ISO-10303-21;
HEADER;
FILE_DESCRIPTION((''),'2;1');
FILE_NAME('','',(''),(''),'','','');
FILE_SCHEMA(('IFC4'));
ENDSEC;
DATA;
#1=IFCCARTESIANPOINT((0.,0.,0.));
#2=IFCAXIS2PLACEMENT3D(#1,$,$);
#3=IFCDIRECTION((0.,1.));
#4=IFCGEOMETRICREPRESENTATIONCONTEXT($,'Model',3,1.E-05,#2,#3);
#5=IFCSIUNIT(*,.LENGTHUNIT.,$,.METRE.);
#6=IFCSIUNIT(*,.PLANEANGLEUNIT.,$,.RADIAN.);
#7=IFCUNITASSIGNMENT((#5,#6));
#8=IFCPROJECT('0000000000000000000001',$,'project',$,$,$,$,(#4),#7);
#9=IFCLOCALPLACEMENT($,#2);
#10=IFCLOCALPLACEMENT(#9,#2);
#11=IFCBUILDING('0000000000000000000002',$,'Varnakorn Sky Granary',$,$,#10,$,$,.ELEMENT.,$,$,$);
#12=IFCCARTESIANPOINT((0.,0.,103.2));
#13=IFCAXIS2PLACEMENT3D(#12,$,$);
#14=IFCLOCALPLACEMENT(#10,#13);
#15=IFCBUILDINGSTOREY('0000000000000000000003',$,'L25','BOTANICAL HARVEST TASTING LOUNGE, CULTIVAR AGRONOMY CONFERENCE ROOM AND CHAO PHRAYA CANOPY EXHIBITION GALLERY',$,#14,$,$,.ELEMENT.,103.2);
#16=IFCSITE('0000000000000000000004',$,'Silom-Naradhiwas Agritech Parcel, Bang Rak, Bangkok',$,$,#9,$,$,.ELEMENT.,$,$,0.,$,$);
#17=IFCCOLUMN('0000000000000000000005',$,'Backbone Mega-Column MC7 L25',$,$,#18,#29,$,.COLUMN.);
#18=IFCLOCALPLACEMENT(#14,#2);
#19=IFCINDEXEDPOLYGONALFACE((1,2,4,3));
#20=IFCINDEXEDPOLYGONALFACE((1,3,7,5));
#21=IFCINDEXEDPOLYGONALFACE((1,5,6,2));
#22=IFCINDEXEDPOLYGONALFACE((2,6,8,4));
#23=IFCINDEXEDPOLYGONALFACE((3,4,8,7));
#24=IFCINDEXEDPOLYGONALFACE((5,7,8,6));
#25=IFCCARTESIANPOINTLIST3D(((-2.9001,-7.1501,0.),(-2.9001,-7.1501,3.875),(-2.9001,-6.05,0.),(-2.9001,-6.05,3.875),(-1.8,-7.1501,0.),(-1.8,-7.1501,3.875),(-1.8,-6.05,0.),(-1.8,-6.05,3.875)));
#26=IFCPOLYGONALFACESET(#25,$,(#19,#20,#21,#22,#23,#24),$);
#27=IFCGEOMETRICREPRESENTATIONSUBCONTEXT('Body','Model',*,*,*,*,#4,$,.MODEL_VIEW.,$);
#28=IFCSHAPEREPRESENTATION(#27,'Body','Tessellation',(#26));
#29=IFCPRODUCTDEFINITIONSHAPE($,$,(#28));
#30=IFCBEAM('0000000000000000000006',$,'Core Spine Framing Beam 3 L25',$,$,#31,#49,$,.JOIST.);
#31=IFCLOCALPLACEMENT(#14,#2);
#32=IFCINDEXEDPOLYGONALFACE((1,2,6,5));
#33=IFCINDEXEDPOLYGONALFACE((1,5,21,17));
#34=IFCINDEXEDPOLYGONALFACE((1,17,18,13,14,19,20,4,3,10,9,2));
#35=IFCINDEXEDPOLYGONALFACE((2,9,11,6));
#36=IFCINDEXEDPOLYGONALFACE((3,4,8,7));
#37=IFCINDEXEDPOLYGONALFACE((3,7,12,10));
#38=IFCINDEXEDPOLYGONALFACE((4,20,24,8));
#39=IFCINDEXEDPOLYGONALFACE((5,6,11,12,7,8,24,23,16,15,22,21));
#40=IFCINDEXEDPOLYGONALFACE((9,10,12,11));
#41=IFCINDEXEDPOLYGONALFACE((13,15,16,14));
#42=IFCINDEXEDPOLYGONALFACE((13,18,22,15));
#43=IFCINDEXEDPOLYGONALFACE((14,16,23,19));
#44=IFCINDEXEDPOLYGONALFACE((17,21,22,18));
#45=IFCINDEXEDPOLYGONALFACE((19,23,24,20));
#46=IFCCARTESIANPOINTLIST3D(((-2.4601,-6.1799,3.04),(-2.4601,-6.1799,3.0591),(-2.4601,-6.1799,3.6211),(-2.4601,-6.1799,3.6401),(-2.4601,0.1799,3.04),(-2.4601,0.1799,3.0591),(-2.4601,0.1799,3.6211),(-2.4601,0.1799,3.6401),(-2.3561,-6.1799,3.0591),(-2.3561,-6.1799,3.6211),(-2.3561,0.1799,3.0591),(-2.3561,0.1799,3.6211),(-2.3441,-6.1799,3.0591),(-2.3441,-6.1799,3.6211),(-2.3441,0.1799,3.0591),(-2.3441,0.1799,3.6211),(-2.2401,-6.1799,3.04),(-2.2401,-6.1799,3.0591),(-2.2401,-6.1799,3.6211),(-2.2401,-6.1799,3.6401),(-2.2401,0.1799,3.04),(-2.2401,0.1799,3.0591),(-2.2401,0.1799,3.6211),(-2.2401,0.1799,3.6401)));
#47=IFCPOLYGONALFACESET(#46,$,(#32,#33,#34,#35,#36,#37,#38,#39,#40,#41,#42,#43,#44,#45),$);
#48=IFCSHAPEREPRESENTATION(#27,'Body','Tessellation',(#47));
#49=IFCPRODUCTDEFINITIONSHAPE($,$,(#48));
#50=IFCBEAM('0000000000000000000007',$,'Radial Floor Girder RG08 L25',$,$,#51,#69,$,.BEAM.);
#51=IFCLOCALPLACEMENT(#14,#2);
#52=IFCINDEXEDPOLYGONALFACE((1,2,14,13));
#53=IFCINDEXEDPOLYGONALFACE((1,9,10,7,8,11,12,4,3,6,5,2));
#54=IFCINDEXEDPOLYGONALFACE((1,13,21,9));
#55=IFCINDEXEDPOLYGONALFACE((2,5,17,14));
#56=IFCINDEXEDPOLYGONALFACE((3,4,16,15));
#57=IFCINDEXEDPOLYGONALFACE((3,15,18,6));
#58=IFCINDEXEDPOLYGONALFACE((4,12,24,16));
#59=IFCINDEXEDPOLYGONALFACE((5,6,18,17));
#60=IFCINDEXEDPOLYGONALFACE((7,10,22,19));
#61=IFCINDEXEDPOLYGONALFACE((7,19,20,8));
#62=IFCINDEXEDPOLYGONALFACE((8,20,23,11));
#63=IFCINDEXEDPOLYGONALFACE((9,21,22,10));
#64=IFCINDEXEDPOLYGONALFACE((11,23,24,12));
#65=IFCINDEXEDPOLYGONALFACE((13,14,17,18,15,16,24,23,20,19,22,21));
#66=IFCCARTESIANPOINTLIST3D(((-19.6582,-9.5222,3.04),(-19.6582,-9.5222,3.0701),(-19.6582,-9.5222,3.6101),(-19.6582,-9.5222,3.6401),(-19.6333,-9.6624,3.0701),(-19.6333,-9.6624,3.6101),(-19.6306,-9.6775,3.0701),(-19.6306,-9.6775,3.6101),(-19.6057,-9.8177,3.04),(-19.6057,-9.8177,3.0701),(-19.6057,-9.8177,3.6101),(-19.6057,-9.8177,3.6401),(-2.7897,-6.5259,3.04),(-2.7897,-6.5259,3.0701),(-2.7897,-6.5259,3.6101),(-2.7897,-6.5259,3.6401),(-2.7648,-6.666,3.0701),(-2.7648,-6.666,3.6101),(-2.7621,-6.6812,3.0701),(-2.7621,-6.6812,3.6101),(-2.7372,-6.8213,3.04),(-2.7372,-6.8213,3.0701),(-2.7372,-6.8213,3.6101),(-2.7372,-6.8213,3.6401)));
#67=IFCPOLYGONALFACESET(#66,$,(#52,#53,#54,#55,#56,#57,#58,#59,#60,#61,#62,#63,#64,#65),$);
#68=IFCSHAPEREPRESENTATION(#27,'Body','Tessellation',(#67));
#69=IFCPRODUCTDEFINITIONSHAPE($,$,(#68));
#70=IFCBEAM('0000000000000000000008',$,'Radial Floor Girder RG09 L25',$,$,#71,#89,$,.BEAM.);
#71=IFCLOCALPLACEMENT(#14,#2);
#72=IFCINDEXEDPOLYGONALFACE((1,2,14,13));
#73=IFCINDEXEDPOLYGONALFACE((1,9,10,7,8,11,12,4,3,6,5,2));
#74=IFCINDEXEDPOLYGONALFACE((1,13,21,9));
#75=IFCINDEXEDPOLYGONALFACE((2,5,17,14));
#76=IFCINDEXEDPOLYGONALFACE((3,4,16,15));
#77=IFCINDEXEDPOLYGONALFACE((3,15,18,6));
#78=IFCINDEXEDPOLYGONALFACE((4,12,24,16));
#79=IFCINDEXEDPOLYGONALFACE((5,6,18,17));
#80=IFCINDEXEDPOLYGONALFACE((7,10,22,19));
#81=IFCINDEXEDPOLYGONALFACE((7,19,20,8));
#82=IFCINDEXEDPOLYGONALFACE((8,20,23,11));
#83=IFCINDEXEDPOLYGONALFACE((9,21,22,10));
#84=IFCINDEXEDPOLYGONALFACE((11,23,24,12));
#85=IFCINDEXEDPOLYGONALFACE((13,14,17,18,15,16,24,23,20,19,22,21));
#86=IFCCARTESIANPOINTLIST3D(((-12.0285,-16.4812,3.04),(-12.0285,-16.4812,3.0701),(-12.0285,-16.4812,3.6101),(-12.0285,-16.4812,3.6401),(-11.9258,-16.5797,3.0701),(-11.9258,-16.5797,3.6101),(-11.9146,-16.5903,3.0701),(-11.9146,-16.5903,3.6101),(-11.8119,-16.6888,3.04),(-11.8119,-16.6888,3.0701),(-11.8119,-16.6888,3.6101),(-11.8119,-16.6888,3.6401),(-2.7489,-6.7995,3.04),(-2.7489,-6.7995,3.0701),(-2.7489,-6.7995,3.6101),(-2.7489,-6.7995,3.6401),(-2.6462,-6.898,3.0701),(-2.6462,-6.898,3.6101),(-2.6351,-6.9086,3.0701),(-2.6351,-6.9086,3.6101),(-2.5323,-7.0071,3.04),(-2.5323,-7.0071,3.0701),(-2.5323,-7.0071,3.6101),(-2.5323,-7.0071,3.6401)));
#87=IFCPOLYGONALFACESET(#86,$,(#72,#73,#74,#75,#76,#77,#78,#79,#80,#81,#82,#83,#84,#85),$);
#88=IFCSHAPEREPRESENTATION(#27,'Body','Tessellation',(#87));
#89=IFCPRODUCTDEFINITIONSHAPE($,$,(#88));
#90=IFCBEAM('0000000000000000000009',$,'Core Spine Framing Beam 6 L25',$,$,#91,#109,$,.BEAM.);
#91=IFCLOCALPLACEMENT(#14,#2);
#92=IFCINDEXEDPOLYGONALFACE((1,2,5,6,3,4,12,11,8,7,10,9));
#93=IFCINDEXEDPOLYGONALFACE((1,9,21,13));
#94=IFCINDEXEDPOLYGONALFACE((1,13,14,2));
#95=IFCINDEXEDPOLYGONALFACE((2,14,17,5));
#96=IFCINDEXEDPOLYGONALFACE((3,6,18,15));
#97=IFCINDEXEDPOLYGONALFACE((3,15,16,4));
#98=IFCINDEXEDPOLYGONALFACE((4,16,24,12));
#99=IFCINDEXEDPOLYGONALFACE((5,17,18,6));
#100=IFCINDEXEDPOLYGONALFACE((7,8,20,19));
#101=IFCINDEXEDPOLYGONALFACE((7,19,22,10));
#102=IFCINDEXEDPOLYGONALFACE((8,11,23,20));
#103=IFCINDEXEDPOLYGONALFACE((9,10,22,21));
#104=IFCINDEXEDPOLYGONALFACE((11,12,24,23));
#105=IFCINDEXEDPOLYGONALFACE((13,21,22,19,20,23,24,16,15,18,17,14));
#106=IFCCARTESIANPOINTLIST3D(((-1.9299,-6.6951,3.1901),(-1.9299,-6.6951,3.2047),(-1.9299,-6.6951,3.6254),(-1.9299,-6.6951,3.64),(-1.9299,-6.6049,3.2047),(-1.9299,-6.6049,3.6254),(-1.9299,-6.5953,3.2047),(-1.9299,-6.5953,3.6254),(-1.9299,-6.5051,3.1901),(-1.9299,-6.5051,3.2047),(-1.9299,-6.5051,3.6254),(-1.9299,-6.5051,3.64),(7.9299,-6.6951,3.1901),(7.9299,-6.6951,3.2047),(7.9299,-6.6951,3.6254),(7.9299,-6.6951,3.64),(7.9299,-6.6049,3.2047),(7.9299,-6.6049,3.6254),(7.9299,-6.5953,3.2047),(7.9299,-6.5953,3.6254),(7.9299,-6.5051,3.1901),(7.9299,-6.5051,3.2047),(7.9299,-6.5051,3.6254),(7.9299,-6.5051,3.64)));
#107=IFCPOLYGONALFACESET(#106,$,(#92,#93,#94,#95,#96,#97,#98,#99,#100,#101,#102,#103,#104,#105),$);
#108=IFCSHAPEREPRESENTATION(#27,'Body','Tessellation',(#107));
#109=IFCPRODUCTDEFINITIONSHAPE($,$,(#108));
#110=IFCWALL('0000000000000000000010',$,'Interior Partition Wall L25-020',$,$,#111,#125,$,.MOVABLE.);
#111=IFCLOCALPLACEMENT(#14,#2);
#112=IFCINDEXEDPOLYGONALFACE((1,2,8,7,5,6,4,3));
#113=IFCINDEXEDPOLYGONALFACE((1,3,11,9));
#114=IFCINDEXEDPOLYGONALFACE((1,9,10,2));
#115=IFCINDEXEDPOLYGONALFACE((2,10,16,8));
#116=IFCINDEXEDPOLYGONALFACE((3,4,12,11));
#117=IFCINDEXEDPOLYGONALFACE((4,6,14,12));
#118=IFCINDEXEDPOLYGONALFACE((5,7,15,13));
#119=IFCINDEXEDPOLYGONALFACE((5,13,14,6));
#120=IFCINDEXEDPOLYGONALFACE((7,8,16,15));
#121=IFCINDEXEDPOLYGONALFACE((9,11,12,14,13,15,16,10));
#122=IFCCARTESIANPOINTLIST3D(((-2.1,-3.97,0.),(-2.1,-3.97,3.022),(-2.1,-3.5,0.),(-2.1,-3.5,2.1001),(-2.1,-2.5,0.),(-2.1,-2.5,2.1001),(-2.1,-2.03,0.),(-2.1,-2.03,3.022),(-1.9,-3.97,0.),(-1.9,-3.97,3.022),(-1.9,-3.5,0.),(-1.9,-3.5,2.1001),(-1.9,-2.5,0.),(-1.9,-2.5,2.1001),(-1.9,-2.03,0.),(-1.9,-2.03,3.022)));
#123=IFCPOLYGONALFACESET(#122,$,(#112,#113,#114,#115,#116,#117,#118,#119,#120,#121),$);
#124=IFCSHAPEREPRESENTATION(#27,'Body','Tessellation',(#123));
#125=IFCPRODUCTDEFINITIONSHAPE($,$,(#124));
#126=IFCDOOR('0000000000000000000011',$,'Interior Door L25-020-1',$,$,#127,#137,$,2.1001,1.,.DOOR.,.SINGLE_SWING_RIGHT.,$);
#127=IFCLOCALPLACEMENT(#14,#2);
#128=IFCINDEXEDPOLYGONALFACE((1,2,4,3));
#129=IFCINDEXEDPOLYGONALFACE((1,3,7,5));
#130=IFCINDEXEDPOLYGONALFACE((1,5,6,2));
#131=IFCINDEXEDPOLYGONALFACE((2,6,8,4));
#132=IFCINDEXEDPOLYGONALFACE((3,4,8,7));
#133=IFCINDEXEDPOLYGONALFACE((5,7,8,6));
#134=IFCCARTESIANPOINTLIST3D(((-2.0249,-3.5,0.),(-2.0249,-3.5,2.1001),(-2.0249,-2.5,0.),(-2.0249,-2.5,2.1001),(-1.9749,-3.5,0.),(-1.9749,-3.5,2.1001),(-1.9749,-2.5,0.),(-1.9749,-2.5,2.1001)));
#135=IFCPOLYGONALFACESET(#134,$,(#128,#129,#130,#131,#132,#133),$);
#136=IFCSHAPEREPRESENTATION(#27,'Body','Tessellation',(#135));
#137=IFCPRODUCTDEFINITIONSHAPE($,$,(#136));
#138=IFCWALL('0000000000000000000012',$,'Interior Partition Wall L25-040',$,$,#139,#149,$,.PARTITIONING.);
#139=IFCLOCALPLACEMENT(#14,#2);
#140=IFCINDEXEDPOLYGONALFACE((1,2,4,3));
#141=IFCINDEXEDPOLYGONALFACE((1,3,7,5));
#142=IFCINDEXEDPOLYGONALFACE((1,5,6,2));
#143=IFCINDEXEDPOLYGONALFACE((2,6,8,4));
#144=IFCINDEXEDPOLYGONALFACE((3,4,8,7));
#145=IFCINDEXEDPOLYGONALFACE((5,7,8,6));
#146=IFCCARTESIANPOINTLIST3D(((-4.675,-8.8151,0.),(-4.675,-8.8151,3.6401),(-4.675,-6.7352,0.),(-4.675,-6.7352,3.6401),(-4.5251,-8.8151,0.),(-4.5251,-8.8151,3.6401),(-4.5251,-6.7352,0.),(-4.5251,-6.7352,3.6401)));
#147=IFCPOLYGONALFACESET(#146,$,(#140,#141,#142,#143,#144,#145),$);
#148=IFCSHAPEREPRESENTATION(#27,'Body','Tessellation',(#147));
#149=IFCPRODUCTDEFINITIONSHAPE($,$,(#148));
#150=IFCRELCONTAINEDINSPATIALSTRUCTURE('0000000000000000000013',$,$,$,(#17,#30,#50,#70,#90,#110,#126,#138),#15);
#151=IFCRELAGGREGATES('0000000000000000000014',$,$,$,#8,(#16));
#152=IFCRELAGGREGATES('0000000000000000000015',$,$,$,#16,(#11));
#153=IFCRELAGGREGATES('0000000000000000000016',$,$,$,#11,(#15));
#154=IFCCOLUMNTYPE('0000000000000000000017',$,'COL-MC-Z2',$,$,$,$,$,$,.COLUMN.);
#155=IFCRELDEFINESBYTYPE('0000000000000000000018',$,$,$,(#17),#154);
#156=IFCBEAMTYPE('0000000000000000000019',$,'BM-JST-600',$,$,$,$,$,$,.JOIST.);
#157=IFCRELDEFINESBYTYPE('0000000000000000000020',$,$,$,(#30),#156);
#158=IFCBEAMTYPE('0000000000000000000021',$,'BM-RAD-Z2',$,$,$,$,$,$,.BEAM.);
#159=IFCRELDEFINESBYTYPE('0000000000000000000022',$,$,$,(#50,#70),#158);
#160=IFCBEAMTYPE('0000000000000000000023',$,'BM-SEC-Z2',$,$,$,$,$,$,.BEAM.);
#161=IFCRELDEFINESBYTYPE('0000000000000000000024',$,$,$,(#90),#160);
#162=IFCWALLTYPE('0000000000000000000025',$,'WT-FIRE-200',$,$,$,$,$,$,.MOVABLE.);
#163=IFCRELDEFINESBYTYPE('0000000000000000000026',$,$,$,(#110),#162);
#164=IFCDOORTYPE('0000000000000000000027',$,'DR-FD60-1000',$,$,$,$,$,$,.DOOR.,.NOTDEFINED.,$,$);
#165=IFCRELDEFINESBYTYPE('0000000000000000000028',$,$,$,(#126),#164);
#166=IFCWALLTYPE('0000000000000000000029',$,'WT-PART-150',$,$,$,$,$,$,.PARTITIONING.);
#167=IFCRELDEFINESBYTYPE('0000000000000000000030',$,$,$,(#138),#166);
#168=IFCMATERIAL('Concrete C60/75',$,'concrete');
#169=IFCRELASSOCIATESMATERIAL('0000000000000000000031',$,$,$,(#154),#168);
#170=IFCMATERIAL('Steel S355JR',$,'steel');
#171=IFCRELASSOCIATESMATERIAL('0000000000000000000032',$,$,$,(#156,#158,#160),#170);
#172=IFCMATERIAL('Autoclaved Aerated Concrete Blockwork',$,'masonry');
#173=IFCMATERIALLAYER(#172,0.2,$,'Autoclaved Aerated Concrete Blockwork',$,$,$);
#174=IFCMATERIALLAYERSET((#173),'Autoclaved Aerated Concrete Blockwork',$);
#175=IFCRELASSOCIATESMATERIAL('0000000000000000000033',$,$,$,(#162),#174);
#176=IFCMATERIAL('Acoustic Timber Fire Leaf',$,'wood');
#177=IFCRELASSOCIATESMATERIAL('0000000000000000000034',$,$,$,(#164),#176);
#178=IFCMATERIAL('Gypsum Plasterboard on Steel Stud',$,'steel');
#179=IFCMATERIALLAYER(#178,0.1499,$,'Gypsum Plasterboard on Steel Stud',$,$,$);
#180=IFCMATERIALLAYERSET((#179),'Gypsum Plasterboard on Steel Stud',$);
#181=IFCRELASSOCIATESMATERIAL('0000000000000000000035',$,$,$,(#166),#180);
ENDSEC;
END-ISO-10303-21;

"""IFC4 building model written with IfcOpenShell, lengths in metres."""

from ifc_helpers import new_model, si_unit, direction, frame, frame_2d, origin, origin_2d, place, context, subcontext, project, spatial, rectangle, i_section, extrude, material, layer, layer_set, material_profile, profile_set, type_object, element, fill, save


model = new_model("IFC4")

# Units and contexts
model_context = context("Model", 3, precision=1e-05, world=origin(), true_north=direction((0.0, 1.0)))
body_context = subcontext(model_context, "Body", "Model", "MODEL_VIEW")
ifc_project = project(units=[si_unit("LENGTHUNIT", "METRE"), si_unit("PLANEANGLEUNIT", "RADIAN")], contexts=[model_context])

# Site, building, storey
site_placement = place(None, origin())
site = spatial("IfcSite", under=ifc_project, at=site_placement, Name="Silom-Naradhiwas Agritech Parcel, Bang Rak, Bangkok", CompositionType="ELEMENT", RefElevation=0.0)
building_placement = place(site_placement, origin())
building = spatial("IfcBuilding", under=site, at=building_placement, Name="Varnakorn Sky Granary", CompositionType="ELEMENT")
storey_placement = place(building_placement, frame((0.0, 0.0, 103.2)))
storey = spatial("IfcBuildingStorey", under=building, at=storey_placement, Name="L25", Description="BOTANICAL HARVEST TASTING LOUNGE, CULTIVAR AGRONOMY CONFERENCE ROOM AND CHAO PHRAYA CANOPY EXHIBITION GALLERY", CompositionType="ELEMENT", Elevation=103.2)

# Column
ifc_material_1 = material(Name="Concrete C60/75", Category="concrete")
ifc_material_profile_1 = material_profile(ifc_material_1, rectangle(XDim=1.1001, YDim=1.1001, at=origin_2d()), Name="RC 1100x1100")
ifc_profile_set_1 = profile_set([ifc_material_profile_1], Name="Concrete C60/75")
column_type = type_object("IfcColumnType", Name="COL-MC-Z2", PredefinedType="COLUMN", material=ifc_profile_set_1)
column_placement = place(storey_placement, frame((-2.3501, -6.6001, 0.0), z_axis=(0.0, 0.0, 1.0), x_axis=(1.0, 0.0, 0.0)))
element("IfcColumn", 1, at=column_placement, inside=storey, type_object=column_type, Name="Backbone Mega-Column MC7 L25", PredefinedType="COLUMN", context=body_context, shape_type="SweptSolid", body=[
    extrude(rectangle(XDim=1.1001, YDim=1.1001, at=origin_2d()), origin(), (0.0, 0.0, 1.0), 3.875),
])

# Beams
ifc_material_2 = material(Name="Steel S355JR", Category="steel")
ifc_material_profile_2 = material_profile(ifc_material_2, i_section(OverallWidth=0.22, OverallDepth=0.6001, WebThickness=0.012, FlangeThickness=0.019, at=origin_2d()), Name="IPE 600")
ifc_profile_set_2 = profile_set([ifc_material_profile_2], Name="Steel S355JR")
beam_type_1 = type_object("IfcBeamType", Name="BM-JST-600", PredefinedType="JOIST", material=ifc_profile_set_2)
beam_1_placement = place(storey_placement, frame((-2.3501, 0.1799, 3.3401), z_axis=(0.0, -1.0, 0.0), x_axis=(1.0, 0.0, 0.0)))
element("IfcBeam", 2, at=beam_1_placement, inside=storey, type_object=beam_type_1, Name="Core Spine Framing Beam 3 L25", PredefinedType="JOIST", context=body_context, shape_type="SweptSolid", body=[
    extrude(i_section(OverallWidth=0.22, OverallDepth=0.6001, WebThickness=0.012, FlangeThickness=0.019, at=origin_2d()), origin(), (0.0, 0.0, 1.0), 6.3599),
])
ifc_material_profile_3 = material_profile(ifc_material_2, i_section(OverallWidth=0.3, OverallDepth=0.6001, WebThickness=0.0154, FlangeThickness=0.03, at=origin_2d()), Name="HE 600 B")
ifc_profile_set_3 = profile_set([ifc_material_profile_3], Name="Steel S355JR")
beam_type_2 = type_object("IfcBeamType", Name="BM-RAD-Z2", PredefinedType="BEAM", material=ifc_profile_set_3)
beam_2_placement = place(storey_placement, frame((-2.7634, -6.6736, 3.3401), z_axis=(-0.984588, -0.174892, 0.0), x_axis=(0.174892, -0.984588, 0.0)))
element("IfcBeam", 3, at=beam_2_placement, inside=storey, type_object=beam_type_2, Name="Radial Floor Girder RG08 L25", PredefinedType="BEAM", context=body_context, shape_type="SweptSolid", body=[
    extrude(i_section(OverallWidth=0.3, OverallDepth=0.6001, WebThickness=0.0154, FlangeThickness=0.03, at=origin_2d()), origin(), (0.0, 0.0, 1.0), 17.1326),
])
beam_3_placement = place(storey_placement, frame((-2.6406, -6.9033, 3.3401), z_axis=(-0.691956, -0.72194, 0.0), x_axis=(0.72194, -0.691956, 0.0)))
element("IfcBeam", 4, at=beam_3_placement, inside=storey, type_object=beam_type_2, Name="Radial Floor Girder RG09 L25", PredefinedType="BEAM", context=body_context, shape_type="SweptSolid", body=[
    extrude(i_section(OverallWidth=0.3, OverallDepth=0.6001, WebThickness=0.0154, FlangeThickness=0.03, at=origin_2d()), origin(), (0.0, 0.0, 1.0), 13.4106),
])
ifc_material_profile_4 = material_profile(ifc_material_2, i_section(OverallWidth=0.1899, OverallDepth=0.45, WebThickness=0.0095, FlangeThickness=0.0146, at=origin_2d()), Name="IPE 450")
ifc_profile_set_4 = profile_set([ifc_material_profile_4], Name="Steel S355JR")
beam_type_3 = type_object("IfcBeamType", Name="BM-SEC-Z2", PredefinedType="BEAM", material=ifc_profile_set_4)
beam_4_placement = place(storey_placement, frame((-1.9299, -6.6001, 3.415), z_axis=(1.0, 0.0, 0.0), x_axis=(0.0, 1.0, 0.0)))
element("IfcBeam", 5, at=beam_4_placement, inside=storey, type_object=beam_type_3, Name="Core Spine Framing Beam 6 L25", PredefinedType="BEAM", context=body_context, shape_type="SweptSolid", body=[
    extrude(i_section(OverallWidth=0.1899, OverallDepth=0.45, WebThickness=0.0095, FlangeThickness=0.0146, at=origin_2d()), origin(), (0.0, 0.0, 1.0), 9.8599),
])

# Wall, opening, door
ifc_material_3 = material(Name="Autoclaved Aerated Concrete Blockwork", Category="masonry")
ifc_layer_1 = layer(ifc_material_3, 0.2, Name="Autoclaved Aerated Concrete Blockwork")
ifc_layer_set_1 = layer_set([ifc_layer_1], Name="Autoclaved Aerated Concrete Blockwork")
wall_type_1 = type_object("IfcWallType", Name="WT-FIRE-200", PredefinedType="MOVABLE", material=ifc_layer_set_1)
wall_1_placement = place(storey_placement, frame((-2.0, -3.97, 0.0), z_axis=(0.0, 0.0, 1.0), x_axis=(0.0, 1.0, 0.0)))
wall_1 = element("IfcWall", 6, at=wall_1_placement, inside=storey, type_object=wall_type_1, Name="Interior Partition Wall L25-020", PredefinedType="MOVABLE", context=body_context, shape_type="SweptSolid", body=[
    extrude(rectangle(XDim=1.9399, YDim=0.2, at=frame_2d((0.97, 0.0))), origin(), (0.0, 0.0, 1.0), 3.022),
])
opening_1_placement = place(wall_1_placement, frame((0.47, 0.0, 0.0)))
opening_1 = element("IfcOpeningElement", 7, at=opening_1_placement, cuts=wall_1, PredefinedType="OPENING", context=body_context, shape_type="SweptSolid", body=[
    extrude(rectangle(XDim=1.0, YDim=2.1001, at=frame_2d((0.5, 1.05))), frame((0.0, 0.1099, 0.0), z_axis=(0.0, -1.0, 0.0), x_axis=(1.0, 0.0, 0.0)), (0.0, 0.0, 1.0), 0.22),
])
ifc_material_4 = material(Name="Acoustic Timber Fire Leaf", Category="wood")
door_type_1 = type_object("IfcDoorType", Name="DR-FD60-1000", OperationType="NOTDEFINED", PredefinedType="DOOR", material=ifc_material_4)
door_1_placement = place(opening_1_placement, origin())
door_1 = element("IfcDoor", 8, at=door_1_placement, inside=storey, type_object=door_type_1, Name="Interior Door L25-020-1", OperationType="SINGLE_SWING_RIGHT", OverallHeight=2.1001, OverallWidth=1.0, PredefinedType="DOOR", context=body_context, shape_type="SweptSolid", body=[
    extrude(rectangle(XDim=1.0, YDim=2.1001, at=frame_2d((0.5, 1.05))), frame((0.0, 0.0249, 0.0), z_axis=(0.0, -1.0, 0.0), x_axis=(1.0, 0.0, 0.0)), (0.0, 0.0, 1.0), 0.05),
])
fill(opening_1, door_1)

# Wall
ifc_material_5 = material(Name="Gypsum Plasterboard on Steel Stud", Category="steel")
ifc_layer_2 = layer(ifc_material_5, 0.1499, Name="Gypsum Plasterboard on Steel Stud")
ifc_layer_set_2 = layer_set([ifc_layer_2], Name="Gypsum Plasterboard on Steel Stud")
wall_type_2 = type_object("IfcWallType", Name="WT-PART-150", PredefinedType="PARTITIONING", material=ifc_layer_set_2)
wall_2_placement = place(storey_placement, frame((-4.6001, -6.7351, 0.0), z_axis=(0.0, 0.0, 1.0), x_axis=(0.0, -1.0, 0.0)))
element("IfcWall", 9, at=wall_2_placement, inside=storey, type_object=wall_type_2, Name="Interior Partition Wall L25-040", PredefinedType="PARTITIONING", context=body_context, shape_type="SweptSolid", body=[
    extrude(rectangle(XDim=2.0798, YDim=0.1499, at=frame_2d((1.04, 0.0))), origin(), (0.0, 0.0, 1.0), 3.6401),
])

save(model, "model.ifc")
